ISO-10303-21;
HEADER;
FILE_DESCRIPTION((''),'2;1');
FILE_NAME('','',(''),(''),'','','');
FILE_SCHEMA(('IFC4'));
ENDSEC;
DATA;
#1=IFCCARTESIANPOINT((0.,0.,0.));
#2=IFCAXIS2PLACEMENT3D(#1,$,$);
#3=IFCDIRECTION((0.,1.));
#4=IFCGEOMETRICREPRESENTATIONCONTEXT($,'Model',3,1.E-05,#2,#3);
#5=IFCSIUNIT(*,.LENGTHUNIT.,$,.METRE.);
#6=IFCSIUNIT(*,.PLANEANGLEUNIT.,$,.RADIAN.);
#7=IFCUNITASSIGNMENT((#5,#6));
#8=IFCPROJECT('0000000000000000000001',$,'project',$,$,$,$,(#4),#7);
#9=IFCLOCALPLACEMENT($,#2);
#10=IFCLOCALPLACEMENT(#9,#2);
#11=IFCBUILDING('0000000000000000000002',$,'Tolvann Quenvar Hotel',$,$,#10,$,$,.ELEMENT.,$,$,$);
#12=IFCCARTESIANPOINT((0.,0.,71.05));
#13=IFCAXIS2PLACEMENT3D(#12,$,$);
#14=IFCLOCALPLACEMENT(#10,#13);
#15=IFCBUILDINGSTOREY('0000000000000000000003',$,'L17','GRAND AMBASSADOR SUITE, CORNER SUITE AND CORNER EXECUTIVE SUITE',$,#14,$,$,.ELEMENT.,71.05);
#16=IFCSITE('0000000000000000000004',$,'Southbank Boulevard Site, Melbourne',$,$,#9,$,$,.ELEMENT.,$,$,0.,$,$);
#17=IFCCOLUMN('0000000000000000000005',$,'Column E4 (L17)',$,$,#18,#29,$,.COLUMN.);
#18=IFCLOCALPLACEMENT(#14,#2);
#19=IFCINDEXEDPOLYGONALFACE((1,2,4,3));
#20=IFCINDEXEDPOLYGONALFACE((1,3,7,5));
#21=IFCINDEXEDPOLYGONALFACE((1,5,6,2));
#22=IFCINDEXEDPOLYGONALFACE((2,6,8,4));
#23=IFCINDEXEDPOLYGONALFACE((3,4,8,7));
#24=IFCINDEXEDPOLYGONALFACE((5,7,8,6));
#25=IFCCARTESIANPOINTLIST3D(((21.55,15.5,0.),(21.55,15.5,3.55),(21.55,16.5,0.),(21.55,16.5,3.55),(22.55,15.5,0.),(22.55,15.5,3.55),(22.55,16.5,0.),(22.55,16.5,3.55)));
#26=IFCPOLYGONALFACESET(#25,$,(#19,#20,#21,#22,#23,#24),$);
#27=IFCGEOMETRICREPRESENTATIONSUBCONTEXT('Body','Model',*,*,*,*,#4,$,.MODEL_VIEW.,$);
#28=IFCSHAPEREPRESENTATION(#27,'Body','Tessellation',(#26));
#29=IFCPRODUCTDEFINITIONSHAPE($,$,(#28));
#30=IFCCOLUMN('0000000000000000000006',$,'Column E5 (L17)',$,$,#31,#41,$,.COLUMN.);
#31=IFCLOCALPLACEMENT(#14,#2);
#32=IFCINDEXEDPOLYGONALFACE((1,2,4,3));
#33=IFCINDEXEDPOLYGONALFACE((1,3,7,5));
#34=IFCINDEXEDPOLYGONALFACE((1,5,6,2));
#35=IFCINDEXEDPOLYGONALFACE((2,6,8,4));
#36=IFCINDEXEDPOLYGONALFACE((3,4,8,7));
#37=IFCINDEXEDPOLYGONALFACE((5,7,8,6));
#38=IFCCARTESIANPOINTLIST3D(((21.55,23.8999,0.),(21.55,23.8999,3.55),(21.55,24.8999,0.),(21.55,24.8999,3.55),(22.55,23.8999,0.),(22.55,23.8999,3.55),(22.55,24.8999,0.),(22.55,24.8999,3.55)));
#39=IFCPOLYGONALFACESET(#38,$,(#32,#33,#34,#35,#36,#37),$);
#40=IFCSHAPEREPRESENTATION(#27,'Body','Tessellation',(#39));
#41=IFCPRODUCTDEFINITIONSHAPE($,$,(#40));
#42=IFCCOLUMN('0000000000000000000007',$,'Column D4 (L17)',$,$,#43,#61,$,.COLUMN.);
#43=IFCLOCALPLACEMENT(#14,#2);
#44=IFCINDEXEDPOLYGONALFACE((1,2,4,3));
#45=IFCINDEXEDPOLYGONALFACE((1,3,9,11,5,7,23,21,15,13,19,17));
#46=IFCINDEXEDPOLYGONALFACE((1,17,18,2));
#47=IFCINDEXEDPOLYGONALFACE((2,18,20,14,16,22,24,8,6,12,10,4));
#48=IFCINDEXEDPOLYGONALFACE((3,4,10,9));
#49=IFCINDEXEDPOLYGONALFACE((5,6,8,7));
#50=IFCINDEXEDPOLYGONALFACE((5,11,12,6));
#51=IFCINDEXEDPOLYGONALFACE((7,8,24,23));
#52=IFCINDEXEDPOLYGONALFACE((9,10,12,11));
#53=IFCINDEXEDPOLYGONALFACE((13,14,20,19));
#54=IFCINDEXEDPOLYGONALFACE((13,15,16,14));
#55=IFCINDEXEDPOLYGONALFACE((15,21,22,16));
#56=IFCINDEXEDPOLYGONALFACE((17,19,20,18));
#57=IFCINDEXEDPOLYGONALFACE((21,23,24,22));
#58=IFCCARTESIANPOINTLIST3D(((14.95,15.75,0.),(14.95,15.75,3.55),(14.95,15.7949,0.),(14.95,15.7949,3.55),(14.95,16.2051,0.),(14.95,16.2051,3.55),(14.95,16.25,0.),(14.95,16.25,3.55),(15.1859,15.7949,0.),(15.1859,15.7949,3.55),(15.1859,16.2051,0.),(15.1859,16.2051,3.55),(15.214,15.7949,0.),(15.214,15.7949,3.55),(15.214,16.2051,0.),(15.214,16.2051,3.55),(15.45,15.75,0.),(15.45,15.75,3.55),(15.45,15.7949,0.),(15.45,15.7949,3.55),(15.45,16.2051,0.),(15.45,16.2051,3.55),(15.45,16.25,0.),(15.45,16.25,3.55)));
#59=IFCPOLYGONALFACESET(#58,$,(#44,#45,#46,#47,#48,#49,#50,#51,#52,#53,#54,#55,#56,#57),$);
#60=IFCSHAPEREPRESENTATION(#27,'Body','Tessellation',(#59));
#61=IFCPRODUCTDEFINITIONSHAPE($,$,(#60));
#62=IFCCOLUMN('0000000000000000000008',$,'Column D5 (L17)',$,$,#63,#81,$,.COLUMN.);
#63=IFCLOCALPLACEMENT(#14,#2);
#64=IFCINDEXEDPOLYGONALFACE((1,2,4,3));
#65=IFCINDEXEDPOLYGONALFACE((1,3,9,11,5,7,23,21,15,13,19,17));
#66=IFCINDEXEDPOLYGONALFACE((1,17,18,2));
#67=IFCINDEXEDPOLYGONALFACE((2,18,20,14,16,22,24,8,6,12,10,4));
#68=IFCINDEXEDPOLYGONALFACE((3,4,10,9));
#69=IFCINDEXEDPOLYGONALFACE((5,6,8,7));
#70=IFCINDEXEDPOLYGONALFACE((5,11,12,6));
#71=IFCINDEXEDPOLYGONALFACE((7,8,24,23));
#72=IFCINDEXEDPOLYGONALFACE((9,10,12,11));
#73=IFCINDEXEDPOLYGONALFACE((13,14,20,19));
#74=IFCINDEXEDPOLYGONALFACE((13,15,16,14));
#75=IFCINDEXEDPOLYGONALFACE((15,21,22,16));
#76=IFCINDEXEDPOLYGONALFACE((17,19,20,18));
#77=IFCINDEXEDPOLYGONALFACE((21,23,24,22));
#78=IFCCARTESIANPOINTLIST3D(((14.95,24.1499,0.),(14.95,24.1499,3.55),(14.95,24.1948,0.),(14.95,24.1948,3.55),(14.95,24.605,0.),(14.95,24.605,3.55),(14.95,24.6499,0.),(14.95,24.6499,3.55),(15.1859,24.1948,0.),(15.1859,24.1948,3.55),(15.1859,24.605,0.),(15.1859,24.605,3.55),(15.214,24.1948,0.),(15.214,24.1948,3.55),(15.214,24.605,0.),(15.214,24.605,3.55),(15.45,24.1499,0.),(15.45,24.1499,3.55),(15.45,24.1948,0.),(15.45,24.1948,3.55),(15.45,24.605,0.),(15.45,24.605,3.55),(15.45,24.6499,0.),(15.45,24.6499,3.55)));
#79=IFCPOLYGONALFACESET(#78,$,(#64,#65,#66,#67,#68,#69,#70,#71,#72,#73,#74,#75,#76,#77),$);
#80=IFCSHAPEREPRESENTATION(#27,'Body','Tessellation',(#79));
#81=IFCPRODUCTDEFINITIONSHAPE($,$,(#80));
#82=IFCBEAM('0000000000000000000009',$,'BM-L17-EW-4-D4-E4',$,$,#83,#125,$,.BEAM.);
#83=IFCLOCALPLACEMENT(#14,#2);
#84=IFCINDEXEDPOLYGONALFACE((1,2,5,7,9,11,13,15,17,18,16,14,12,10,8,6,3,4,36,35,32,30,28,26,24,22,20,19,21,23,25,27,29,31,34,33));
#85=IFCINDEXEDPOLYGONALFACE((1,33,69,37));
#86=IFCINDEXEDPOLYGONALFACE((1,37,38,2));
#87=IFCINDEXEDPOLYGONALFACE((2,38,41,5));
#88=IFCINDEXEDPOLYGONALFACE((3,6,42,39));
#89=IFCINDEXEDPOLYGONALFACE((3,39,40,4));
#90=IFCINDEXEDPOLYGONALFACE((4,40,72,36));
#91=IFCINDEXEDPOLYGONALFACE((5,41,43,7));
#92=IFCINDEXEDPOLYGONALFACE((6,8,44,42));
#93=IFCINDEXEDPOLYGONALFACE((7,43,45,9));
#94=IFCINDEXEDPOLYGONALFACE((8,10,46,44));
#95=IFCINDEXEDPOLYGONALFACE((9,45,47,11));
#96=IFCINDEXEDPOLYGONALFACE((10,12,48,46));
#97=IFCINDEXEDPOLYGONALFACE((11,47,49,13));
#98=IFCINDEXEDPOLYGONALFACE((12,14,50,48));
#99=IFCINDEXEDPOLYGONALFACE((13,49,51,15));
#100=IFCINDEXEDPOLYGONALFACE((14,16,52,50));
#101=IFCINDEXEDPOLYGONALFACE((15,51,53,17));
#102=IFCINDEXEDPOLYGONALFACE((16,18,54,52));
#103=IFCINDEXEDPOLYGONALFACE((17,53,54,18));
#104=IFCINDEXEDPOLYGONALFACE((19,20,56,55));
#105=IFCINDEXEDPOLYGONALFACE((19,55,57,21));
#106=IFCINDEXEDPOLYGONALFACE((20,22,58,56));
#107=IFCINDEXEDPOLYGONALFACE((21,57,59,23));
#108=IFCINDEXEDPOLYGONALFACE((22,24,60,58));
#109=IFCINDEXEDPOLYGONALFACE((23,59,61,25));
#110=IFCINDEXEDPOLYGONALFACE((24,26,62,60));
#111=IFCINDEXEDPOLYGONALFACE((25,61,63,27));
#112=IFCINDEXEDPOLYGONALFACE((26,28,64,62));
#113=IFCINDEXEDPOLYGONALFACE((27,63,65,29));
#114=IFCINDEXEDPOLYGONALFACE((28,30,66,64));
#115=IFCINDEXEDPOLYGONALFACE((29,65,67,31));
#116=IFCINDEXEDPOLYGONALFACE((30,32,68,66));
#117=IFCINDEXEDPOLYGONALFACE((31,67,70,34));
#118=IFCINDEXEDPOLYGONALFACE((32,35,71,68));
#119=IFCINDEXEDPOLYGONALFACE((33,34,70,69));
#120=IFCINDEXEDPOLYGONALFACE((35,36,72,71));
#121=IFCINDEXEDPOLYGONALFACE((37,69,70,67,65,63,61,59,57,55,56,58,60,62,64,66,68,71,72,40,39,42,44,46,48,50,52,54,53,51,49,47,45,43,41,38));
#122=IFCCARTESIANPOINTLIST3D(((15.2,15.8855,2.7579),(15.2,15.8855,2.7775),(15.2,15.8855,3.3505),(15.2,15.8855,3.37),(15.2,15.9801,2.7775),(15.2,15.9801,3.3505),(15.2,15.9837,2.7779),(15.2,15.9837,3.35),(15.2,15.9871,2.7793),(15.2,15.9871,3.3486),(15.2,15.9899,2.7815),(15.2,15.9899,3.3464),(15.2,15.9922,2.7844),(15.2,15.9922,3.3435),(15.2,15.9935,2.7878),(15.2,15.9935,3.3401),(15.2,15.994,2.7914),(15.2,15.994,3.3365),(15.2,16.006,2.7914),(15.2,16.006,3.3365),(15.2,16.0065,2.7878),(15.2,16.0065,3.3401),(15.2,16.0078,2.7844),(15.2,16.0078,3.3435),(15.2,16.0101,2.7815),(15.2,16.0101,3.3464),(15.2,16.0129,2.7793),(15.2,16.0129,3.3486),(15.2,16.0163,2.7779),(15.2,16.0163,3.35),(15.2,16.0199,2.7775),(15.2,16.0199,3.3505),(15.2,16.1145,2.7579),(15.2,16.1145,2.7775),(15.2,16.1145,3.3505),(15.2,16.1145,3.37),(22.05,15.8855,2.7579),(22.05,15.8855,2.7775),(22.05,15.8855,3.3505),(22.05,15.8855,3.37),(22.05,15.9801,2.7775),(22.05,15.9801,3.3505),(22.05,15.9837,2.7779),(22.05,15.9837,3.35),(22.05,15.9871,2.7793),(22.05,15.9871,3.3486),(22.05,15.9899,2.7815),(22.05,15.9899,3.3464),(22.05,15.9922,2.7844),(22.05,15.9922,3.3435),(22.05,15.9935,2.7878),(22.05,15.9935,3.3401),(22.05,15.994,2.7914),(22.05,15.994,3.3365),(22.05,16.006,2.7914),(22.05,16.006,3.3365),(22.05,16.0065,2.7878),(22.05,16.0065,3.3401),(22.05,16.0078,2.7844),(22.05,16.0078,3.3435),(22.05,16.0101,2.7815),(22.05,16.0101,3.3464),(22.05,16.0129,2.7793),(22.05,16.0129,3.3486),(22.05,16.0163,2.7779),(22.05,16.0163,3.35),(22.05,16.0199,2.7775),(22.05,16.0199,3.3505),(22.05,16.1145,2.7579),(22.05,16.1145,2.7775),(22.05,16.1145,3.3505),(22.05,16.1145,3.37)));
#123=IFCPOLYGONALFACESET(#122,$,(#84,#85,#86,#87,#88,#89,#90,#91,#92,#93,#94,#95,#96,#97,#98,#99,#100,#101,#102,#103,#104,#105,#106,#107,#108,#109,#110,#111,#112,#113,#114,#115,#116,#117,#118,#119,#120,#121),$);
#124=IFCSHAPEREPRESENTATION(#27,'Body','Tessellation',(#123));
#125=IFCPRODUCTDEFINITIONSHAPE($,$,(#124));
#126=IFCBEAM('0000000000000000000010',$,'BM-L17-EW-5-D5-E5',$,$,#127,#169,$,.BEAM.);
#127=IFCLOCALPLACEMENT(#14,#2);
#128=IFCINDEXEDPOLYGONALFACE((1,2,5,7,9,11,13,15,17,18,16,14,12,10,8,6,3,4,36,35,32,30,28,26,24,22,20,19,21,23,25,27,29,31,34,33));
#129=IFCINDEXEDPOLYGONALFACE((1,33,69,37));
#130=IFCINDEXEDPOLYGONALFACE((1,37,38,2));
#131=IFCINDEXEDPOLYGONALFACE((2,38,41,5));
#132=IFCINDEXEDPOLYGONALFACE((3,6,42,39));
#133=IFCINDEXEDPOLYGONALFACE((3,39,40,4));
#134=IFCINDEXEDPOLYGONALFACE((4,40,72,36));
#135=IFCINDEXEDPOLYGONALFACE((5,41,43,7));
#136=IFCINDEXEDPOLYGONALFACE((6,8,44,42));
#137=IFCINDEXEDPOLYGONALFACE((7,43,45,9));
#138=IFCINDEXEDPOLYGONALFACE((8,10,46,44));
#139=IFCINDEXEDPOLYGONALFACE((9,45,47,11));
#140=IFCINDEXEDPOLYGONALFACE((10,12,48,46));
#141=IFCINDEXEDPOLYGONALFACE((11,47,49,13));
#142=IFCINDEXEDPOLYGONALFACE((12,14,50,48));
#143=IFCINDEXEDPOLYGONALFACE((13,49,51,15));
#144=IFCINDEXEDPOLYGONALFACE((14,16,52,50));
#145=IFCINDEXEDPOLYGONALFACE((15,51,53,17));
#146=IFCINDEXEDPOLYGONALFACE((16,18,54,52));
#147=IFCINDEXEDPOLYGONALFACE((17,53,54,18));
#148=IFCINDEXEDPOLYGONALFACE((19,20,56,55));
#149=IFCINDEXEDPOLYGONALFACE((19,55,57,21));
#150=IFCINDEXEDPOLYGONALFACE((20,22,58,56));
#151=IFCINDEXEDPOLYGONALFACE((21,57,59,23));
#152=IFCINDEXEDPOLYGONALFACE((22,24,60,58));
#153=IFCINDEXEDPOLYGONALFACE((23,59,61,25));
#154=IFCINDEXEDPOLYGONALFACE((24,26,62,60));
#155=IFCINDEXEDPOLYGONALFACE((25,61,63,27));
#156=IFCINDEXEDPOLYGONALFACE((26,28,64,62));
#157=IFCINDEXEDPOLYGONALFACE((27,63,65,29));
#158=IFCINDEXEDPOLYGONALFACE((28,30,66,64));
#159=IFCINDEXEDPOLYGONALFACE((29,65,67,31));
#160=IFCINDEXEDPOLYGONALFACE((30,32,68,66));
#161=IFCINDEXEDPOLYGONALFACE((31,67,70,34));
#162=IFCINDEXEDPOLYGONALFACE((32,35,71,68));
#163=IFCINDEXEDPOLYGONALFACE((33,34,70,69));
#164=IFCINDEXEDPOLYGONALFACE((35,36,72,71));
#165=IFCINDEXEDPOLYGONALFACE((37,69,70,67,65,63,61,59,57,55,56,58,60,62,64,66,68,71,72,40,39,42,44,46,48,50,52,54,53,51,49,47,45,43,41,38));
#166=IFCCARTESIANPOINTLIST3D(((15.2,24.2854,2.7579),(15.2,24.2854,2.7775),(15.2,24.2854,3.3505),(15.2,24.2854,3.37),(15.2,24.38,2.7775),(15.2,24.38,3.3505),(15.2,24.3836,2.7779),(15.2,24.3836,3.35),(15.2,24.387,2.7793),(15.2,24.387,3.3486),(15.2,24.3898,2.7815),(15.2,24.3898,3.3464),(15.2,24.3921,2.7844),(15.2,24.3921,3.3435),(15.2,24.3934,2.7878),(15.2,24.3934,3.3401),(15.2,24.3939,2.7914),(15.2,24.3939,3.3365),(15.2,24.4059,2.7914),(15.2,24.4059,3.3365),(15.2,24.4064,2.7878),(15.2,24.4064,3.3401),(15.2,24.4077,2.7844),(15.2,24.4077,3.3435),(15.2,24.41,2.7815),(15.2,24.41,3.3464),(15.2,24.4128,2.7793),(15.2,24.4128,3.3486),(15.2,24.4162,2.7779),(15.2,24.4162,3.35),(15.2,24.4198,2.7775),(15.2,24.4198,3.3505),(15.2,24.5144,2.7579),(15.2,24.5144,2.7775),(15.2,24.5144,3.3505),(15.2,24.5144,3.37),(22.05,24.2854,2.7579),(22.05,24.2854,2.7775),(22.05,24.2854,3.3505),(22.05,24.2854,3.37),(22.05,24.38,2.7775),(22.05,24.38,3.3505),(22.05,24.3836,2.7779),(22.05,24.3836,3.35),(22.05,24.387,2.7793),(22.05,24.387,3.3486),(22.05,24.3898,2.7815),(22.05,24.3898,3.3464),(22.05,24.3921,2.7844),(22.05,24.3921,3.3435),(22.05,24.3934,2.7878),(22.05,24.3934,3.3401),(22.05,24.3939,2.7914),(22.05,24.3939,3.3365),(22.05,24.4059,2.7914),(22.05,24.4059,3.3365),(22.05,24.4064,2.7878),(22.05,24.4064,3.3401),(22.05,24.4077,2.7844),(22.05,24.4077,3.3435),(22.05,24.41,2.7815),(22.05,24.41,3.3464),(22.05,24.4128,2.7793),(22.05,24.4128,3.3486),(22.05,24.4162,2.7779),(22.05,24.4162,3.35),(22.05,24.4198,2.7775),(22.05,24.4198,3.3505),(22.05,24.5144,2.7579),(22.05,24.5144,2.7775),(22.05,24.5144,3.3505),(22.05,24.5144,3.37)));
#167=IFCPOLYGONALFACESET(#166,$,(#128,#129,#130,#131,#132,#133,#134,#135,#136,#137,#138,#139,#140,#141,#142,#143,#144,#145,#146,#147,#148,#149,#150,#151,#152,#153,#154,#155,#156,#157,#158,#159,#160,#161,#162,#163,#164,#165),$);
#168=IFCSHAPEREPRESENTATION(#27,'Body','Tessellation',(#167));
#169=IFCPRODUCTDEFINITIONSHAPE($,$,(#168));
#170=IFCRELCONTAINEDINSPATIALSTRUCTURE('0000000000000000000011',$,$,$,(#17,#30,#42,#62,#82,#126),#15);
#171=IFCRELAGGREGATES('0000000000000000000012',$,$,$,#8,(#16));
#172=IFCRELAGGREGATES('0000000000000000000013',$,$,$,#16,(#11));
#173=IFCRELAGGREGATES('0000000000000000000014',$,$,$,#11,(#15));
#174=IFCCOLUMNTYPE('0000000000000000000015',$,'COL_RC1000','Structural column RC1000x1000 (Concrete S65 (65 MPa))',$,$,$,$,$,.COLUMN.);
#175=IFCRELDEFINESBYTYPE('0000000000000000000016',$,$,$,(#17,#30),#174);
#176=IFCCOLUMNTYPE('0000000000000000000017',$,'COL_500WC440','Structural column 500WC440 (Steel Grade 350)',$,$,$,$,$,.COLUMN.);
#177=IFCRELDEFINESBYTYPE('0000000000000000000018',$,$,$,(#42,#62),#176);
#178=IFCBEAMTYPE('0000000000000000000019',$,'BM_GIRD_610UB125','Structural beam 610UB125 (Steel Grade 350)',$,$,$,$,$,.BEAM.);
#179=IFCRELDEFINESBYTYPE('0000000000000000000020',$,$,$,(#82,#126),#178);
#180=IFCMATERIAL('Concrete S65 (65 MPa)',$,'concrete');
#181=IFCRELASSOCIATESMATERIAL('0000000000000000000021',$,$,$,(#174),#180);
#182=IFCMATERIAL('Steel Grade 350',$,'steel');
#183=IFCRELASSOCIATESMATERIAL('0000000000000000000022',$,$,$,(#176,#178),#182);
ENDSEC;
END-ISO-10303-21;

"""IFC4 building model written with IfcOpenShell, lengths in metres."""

from ifc_helpers import new_model, si_unit, direction, frame, origin, origin_2d, place, context, subcontext, project, spatial, rectangle, i_section, extrude, source, transform, mapped, material, material_profile, profile_set, type_object, type_shapes, element, save


model = new_model("IFC4")

# Units and contexts
model_context = context("Model", 3, precision=1e-05, world=origin(), true_north=direction((0.0, 1.0)))
body_context = subcontext(model_context, "Body", "Model", "MODEL_VIEW")
ifc_project = project(units=[si_unit("LENGTHUNIT", "METRE"), si_unit("PLANEANGLEUNIT", "RADIAN")], contexts=[model_context])

# Site, building, storey
site_placement = place(None, origin())
site = spatial("IfcSite", under=ifc_project, at=site_placement, Name="Southbank Boulevard Site, Melbourne", CompositionType="ELEMENT", RefElevation=0.0)
building_placement = place(site_placement, origin())
building = spatial("IfcBuilding", under=site, at=building_placement, Name="Tolvann Quenvar Hotel", CompositionType="ELEMENT")
storey_placement = place(building_placement, frame((0.0, 0.0, 71.05)))
storey = spatial("IfcBuildingStorey", under=building, at=storey_placement, Name="L17", Description="GRAND AMBASSADOR SUITE, CORNER SUITE AND CORNER EXECUTIVE SUITE", CompositionType="ELEMENT", Elevation=71.05)

# Columns
ifc_material_1 = material(Name="Concrete S65 (65 MPa)", Category="concrete")
ifc_material_profile_1 = material_profile(ifc_material_1, rectangle(XDim=1.0, YDim=1.0, at=origin_2d()), Name="RC1000x1000")
ifc_profile_set_1 = profile_set([ifc_material_profile_1], Name="Concrete S65 (65 MPa)")
column_type_1 = type_object("IfcColumnType", Name="COL_RC1000", Description="Structural column RC1000x1000 (Concrete S65 (65 MPa))", PredefinedType="COLUMN", material=ifc_profile_set_1)
shared_shape_1 = source(origin(), body_context, "Body", "SweptSolid", [
    extrude(rectangle(XDim=1.0, YDim=1.0, at=origin_2d()), origin(), (0.0, 0.0, 1.0), 3.55),
])
type_shapes(column_type_1, [shared_shape_1])
for number, where, z_axis, x_axis, name in (
    (1, (22.05, 16.0, 0.0), (0.0, 0.0, 1.0), (1.0, 0.0, 0.0), "Column E4 (L17)"),
    (2, (22.05, 24.3999, 0.0), (0.0, 0.0, 1.0), (1.0, 0.0, 0.0), "Column E5 (L17)"),
):
    element("IfcColumn", number, at=place(storey_placement, frame(where, z_axis=z_axis, x_axis=x_axis)), inside=storey, type_object=column_type_1, Name=name, PredefinedType="COLUMN", context=body_context, shape_type="MappedRepresentation", body=[
        mapped(shared_shape_1, transform((0.0, 0.0, 0.0), x_axis=(1.0, 0.0, 0.0), y_axis=(0.0, 1.0, 0.0), z_axis=(0.0, 0.0, 1.0), scale=1.0)),
    ])
ifc_material_2 = material(Name="Steel Grade 350", Category="steel")
ifc_material_profile_2 = material_profile(ifc_material_2, i_section(OverallWidth=0.5, OverallDepth=0.5, WebThickness=0.0281, FlangeThickness=0.0449, at=origin_2d()), Name="500WC440")
ifc_profile_set_2 = profile_set([ifc_material_profile_2], Name="Steel Grade 350")
column_type_2 = type_object("IfcColumnType", Name="COL_500WC440", Description="Structural column 500WC440 (Steel Grade 350)", PredefinedType="COLUMN", material=ifc_profile_set_2)
shared_shape_2 = source(origin(), body_context, "Body", "SweptSolid", [
    extrude(i_section(OverallWidth=0.5, OverallDepth=0.5, WebThickness=0.0281, FlangeThickness=0.0449, at=origin_2d()), origin(), (0.0, 0.0, 1.0), 3.55),
])
type_shapes(column_type_2, [shared_shape_2])
for number, where, z_axis, x_axis, name in (
    (3, (15.2, 16.0, 0.0), (0.0, 0.0, 1.0), (1.0, 0.0, 0.0), "Column D4 (L17)"),
    (4, (15.2, 24.3999, 0.0), (0.0, 0.0, 1.0), (1.0, 0.0, 0.0), "Column D5 (L17)"),
):
    element("IfcColumn", number, at=place(storey_placement, frame(where, z_axis=z_axis, x_axis=x_axis)), inside=storey, type_object=column_type_2, Name=name, PredefinedType="COLUMN", context=body_context, shape_type="MappedRepresentation", body=[
        mapped(shared_shape_2, transform((0.0, 0.0, 0.0), x_axis=(1.0, 0.0, 0.0), y_axis=(0.0, 1.0, 0.0), z_axis=(0.0, 0.0, 1.0), scale=1.0)),
    ])

# Beams
ifc_material_profile_3 = material_profile(ifc_material_2, i_section(OverallWidth=0.229, OverallDepth=0.6121, WebThickness=0.012, FlangeThickness=0.0195, FilletRadius=0.0139, at=origin_2d()), Name="610UB125")
ifc_profile_set_3 = profile_set([ifc_material_profile_3], Name="Steel Grade 350")
beam_type_1 = type_object("IfcBeamType", Name="BM_GIRD_610UB125", Description="Structural beam 610UB125 (Steel Grade 350)", PredefinedType="BEAM", material=ifc_profile_set_3)
shared_shape_3 = source(origin(), body_context, "Body", "SweptSolid", [
    extrude(i_section(OverallWidth=0.229, OverallDepth=0.6121, WebThickness=0.012, FlangeThickness=0.0195, FilletRadius=0.0139, at=origin_2d()), origin(), (0.0, 0.0, 1.0), 6.8501),
])
for number, where, z_axis, x_axis, name in (
    (5, (15.2, 16.0, 3.064), (1.0, 0.0, 0.0), (0.0, 1.0, 0.0), "BM-L17-EW-4-D4-E4"),
    (6, (15.2, 24.3999, 3.064), (1.0, 0.0, 0.0), (0.0, 1.0, 0.0), "BM-L17-EW-5-D5-E5"),
):
    element("IfcBeam", number, at=place(storey_placement, frame(where, z_axis=z_axis, x_axis=x_axis)), inside=storey, type_object=beam_type_1, Name=name, PredefinedType="BEAM", context=body_context, shape_type="MappedRepresentation", body=[
        mapped(shared_shape_3, transform((0.0, 0.0, 0.0), x_axis=(1.0, 0.0, 0.0), y_axis=(0.0, 1.0, 0.0), z_axis=(0.0, 0.0, 1.0), scale=1.0)),
    ])

save(model, "model.ifc")
